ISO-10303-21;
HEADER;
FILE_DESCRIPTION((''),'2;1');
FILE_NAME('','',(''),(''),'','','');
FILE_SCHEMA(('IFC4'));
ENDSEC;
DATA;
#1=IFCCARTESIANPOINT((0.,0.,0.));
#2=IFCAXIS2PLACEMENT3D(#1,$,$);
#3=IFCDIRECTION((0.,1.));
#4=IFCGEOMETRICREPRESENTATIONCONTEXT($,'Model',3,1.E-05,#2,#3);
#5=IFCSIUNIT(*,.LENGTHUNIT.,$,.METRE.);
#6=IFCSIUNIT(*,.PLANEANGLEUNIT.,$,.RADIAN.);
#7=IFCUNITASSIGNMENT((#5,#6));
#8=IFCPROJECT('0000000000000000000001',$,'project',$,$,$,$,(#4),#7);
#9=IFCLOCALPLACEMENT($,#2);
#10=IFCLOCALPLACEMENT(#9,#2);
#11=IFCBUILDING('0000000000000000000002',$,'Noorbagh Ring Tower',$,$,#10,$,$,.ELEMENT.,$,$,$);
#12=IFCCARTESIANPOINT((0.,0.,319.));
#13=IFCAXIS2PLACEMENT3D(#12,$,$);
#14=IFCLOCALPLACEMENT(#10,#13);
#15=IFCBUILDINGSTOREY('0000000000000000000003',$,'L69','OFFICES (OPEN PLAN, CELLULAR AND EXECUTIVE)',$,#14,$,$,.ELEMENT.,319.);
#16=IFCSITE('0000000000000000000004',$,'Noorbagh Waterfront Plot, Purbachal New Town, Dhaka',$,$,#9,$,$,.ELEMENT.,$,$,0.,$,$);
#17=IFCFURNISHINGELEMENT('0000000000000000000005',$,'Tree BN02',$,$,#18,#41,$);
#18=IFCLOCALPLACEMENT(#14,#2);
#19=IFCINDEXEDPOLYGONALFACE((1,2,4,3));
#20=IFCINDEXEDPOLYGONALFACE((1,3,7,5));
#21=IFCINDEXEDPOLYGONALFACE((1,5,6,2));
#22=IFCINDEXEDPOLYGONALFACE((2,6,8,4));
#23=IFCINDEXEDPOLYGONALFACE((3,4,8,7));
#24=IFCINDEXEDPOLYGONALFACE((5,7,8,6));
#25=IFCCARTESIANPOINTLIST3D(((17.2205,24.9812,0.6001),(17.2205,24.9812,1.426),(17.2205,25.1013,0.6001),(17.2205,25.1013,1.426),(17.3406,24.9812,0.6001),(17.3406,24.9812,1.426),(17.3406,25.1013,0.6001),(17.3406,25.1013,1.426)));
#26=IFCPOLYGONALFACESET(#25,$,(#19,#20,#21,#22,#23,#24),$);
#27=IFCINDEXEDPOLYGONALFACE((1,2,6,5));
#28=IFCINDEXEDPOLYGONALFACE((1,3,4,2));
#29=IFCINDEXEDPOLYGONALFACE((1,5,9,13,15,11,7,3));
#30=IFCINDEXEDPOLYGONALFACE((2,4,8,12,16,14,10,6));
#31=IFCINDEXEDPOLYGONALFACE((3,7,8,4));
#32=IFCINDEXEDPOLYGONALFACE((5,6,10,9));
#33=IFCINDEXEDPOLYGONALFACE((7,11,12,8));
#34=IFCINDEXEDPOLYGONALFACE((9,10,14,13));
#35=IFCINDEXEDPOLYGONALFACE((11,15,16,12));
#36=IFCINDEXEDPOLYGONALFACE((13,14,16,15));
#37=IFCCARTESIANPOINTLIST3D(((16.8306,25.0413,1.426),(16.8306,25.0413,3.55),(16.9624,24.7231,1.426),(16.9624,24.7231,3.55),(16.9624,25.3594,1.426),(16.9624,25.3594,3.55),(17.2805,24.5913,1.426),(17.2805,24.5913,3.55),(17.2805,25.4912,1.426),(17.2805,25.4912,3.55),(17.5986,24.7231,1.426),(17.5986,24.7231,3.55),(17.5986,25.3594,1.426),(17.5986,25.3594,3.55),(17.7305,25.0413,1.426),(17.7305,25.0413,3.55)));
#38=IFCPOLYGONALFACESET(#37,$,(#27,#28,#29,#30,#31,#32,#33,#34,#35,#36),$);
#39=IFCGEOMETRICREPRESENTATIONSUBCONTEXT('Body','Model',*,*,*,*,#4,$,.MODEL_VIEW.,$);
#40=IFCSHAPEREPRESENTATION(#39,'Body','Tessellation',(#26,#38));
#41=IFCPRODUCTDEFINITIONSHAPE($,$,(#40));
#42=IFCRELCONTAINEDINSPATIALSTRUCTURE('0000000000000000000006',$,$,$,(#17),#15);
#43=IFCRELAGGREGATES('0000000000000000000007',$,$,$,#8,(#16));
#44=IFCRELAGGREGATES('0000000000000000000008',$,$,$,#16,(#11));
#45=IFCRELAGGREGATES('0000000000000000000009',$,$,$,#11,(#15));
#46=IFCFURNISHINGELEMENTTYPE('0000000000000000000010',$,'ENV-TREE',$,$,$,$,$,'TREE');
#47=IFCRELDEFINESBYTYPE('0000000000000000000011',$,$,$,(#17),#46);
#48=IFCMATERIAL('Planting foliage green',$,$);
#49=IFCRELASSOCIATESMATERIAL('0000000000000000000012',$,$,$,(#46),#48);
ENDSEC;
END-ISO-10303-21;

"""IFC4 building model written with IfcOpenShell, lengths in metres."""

from ifc_helpers import new_model, si_unit, direction, frame, origin, origin_2d, place, context, subcontext, project, spatial, polyline, rectangle, outline, extrude, material, type_object, element, save


model = new_model("IFC4")

# Units and contexts
model_context = context("Model", 3, precision=1e-05, world=origin(), true_north=direction((0.0, 1.0)))
body_context = subcontext(model_context, "Body", "Model", "MODEL_VIEW")
ifc_project = project(units=[si_unit("LENGTHUNIT", "METRE"), si_unit("PLANEANGLEUNIT", "RADIAN")], contexts=[model_context])

# Site, building, storey
site_placement = place(None, origin())
site = spatial("IfcSite", under=ifc_project, at=site_placement, Name="Noorbagh Waterfront Plot, Purbachal New Town, Dhaka", CompositionType="ELEMENT", RefElevation=0.0)
building_placement = place(site_placement, origin())
building = spatial("IfcBuilding", under=site, at=building_placement, Name="Noorbagh Ring Tower", CompositionType="ELEMENT")
storey_placement = place(building_placement, frame((0.0, 0.0, 319.0)))
storey = spatial("IfcBuildingStorey", under=building, at=storey_placement, Name="L69", Description="OFFICES (OPEN PLAN, CELLULAR AND EXECUTIVE)", CompositionType="ELEMENT", Elevation=319.0)

# Furnishing element
ifc_material_1 = material(Name="Planting foliage green")
furnishing_element_type = type_object("IfcFurnishingElementType", Name="ENV-TREE", ElementType="TREE", material=ifc_material_1)
furnishing_placement = place(storey_placement, frame((17.2805, 25.0413, 0.6001), z_axis=(0.0, 0.0, 1.0), x_axis=(1.0, 0.0, 0.0)))
element("IfcFurnishingElement", 1, at=furnishing_placement, inside=storey, type_object=furnishing_element_type, Name="Tree BN02", context=body_context, shape_type="SweptSolid", body=[
    extrude(rectangle(XDim=0.1201, YDim=0.1201, at=origin_2d()), origin(), (0.0, 0.0, 1.0), 0.8259),
    extrude(outline(polyline([(0.45, 0.0), (0.3181, 0.3181), (0.0, 0.45), (-0.3181, 0.3181), (-0.45, 0.0), (-0.3181, -0.3181), (0.0, -0.45), (0.3181, -0.3181), (0.45, 0.0)])), frame((0.0, 0.0, 0.8259)), (0.0, 0.0, 1.0), 2.124),
])

save(model, "model.ifc")
